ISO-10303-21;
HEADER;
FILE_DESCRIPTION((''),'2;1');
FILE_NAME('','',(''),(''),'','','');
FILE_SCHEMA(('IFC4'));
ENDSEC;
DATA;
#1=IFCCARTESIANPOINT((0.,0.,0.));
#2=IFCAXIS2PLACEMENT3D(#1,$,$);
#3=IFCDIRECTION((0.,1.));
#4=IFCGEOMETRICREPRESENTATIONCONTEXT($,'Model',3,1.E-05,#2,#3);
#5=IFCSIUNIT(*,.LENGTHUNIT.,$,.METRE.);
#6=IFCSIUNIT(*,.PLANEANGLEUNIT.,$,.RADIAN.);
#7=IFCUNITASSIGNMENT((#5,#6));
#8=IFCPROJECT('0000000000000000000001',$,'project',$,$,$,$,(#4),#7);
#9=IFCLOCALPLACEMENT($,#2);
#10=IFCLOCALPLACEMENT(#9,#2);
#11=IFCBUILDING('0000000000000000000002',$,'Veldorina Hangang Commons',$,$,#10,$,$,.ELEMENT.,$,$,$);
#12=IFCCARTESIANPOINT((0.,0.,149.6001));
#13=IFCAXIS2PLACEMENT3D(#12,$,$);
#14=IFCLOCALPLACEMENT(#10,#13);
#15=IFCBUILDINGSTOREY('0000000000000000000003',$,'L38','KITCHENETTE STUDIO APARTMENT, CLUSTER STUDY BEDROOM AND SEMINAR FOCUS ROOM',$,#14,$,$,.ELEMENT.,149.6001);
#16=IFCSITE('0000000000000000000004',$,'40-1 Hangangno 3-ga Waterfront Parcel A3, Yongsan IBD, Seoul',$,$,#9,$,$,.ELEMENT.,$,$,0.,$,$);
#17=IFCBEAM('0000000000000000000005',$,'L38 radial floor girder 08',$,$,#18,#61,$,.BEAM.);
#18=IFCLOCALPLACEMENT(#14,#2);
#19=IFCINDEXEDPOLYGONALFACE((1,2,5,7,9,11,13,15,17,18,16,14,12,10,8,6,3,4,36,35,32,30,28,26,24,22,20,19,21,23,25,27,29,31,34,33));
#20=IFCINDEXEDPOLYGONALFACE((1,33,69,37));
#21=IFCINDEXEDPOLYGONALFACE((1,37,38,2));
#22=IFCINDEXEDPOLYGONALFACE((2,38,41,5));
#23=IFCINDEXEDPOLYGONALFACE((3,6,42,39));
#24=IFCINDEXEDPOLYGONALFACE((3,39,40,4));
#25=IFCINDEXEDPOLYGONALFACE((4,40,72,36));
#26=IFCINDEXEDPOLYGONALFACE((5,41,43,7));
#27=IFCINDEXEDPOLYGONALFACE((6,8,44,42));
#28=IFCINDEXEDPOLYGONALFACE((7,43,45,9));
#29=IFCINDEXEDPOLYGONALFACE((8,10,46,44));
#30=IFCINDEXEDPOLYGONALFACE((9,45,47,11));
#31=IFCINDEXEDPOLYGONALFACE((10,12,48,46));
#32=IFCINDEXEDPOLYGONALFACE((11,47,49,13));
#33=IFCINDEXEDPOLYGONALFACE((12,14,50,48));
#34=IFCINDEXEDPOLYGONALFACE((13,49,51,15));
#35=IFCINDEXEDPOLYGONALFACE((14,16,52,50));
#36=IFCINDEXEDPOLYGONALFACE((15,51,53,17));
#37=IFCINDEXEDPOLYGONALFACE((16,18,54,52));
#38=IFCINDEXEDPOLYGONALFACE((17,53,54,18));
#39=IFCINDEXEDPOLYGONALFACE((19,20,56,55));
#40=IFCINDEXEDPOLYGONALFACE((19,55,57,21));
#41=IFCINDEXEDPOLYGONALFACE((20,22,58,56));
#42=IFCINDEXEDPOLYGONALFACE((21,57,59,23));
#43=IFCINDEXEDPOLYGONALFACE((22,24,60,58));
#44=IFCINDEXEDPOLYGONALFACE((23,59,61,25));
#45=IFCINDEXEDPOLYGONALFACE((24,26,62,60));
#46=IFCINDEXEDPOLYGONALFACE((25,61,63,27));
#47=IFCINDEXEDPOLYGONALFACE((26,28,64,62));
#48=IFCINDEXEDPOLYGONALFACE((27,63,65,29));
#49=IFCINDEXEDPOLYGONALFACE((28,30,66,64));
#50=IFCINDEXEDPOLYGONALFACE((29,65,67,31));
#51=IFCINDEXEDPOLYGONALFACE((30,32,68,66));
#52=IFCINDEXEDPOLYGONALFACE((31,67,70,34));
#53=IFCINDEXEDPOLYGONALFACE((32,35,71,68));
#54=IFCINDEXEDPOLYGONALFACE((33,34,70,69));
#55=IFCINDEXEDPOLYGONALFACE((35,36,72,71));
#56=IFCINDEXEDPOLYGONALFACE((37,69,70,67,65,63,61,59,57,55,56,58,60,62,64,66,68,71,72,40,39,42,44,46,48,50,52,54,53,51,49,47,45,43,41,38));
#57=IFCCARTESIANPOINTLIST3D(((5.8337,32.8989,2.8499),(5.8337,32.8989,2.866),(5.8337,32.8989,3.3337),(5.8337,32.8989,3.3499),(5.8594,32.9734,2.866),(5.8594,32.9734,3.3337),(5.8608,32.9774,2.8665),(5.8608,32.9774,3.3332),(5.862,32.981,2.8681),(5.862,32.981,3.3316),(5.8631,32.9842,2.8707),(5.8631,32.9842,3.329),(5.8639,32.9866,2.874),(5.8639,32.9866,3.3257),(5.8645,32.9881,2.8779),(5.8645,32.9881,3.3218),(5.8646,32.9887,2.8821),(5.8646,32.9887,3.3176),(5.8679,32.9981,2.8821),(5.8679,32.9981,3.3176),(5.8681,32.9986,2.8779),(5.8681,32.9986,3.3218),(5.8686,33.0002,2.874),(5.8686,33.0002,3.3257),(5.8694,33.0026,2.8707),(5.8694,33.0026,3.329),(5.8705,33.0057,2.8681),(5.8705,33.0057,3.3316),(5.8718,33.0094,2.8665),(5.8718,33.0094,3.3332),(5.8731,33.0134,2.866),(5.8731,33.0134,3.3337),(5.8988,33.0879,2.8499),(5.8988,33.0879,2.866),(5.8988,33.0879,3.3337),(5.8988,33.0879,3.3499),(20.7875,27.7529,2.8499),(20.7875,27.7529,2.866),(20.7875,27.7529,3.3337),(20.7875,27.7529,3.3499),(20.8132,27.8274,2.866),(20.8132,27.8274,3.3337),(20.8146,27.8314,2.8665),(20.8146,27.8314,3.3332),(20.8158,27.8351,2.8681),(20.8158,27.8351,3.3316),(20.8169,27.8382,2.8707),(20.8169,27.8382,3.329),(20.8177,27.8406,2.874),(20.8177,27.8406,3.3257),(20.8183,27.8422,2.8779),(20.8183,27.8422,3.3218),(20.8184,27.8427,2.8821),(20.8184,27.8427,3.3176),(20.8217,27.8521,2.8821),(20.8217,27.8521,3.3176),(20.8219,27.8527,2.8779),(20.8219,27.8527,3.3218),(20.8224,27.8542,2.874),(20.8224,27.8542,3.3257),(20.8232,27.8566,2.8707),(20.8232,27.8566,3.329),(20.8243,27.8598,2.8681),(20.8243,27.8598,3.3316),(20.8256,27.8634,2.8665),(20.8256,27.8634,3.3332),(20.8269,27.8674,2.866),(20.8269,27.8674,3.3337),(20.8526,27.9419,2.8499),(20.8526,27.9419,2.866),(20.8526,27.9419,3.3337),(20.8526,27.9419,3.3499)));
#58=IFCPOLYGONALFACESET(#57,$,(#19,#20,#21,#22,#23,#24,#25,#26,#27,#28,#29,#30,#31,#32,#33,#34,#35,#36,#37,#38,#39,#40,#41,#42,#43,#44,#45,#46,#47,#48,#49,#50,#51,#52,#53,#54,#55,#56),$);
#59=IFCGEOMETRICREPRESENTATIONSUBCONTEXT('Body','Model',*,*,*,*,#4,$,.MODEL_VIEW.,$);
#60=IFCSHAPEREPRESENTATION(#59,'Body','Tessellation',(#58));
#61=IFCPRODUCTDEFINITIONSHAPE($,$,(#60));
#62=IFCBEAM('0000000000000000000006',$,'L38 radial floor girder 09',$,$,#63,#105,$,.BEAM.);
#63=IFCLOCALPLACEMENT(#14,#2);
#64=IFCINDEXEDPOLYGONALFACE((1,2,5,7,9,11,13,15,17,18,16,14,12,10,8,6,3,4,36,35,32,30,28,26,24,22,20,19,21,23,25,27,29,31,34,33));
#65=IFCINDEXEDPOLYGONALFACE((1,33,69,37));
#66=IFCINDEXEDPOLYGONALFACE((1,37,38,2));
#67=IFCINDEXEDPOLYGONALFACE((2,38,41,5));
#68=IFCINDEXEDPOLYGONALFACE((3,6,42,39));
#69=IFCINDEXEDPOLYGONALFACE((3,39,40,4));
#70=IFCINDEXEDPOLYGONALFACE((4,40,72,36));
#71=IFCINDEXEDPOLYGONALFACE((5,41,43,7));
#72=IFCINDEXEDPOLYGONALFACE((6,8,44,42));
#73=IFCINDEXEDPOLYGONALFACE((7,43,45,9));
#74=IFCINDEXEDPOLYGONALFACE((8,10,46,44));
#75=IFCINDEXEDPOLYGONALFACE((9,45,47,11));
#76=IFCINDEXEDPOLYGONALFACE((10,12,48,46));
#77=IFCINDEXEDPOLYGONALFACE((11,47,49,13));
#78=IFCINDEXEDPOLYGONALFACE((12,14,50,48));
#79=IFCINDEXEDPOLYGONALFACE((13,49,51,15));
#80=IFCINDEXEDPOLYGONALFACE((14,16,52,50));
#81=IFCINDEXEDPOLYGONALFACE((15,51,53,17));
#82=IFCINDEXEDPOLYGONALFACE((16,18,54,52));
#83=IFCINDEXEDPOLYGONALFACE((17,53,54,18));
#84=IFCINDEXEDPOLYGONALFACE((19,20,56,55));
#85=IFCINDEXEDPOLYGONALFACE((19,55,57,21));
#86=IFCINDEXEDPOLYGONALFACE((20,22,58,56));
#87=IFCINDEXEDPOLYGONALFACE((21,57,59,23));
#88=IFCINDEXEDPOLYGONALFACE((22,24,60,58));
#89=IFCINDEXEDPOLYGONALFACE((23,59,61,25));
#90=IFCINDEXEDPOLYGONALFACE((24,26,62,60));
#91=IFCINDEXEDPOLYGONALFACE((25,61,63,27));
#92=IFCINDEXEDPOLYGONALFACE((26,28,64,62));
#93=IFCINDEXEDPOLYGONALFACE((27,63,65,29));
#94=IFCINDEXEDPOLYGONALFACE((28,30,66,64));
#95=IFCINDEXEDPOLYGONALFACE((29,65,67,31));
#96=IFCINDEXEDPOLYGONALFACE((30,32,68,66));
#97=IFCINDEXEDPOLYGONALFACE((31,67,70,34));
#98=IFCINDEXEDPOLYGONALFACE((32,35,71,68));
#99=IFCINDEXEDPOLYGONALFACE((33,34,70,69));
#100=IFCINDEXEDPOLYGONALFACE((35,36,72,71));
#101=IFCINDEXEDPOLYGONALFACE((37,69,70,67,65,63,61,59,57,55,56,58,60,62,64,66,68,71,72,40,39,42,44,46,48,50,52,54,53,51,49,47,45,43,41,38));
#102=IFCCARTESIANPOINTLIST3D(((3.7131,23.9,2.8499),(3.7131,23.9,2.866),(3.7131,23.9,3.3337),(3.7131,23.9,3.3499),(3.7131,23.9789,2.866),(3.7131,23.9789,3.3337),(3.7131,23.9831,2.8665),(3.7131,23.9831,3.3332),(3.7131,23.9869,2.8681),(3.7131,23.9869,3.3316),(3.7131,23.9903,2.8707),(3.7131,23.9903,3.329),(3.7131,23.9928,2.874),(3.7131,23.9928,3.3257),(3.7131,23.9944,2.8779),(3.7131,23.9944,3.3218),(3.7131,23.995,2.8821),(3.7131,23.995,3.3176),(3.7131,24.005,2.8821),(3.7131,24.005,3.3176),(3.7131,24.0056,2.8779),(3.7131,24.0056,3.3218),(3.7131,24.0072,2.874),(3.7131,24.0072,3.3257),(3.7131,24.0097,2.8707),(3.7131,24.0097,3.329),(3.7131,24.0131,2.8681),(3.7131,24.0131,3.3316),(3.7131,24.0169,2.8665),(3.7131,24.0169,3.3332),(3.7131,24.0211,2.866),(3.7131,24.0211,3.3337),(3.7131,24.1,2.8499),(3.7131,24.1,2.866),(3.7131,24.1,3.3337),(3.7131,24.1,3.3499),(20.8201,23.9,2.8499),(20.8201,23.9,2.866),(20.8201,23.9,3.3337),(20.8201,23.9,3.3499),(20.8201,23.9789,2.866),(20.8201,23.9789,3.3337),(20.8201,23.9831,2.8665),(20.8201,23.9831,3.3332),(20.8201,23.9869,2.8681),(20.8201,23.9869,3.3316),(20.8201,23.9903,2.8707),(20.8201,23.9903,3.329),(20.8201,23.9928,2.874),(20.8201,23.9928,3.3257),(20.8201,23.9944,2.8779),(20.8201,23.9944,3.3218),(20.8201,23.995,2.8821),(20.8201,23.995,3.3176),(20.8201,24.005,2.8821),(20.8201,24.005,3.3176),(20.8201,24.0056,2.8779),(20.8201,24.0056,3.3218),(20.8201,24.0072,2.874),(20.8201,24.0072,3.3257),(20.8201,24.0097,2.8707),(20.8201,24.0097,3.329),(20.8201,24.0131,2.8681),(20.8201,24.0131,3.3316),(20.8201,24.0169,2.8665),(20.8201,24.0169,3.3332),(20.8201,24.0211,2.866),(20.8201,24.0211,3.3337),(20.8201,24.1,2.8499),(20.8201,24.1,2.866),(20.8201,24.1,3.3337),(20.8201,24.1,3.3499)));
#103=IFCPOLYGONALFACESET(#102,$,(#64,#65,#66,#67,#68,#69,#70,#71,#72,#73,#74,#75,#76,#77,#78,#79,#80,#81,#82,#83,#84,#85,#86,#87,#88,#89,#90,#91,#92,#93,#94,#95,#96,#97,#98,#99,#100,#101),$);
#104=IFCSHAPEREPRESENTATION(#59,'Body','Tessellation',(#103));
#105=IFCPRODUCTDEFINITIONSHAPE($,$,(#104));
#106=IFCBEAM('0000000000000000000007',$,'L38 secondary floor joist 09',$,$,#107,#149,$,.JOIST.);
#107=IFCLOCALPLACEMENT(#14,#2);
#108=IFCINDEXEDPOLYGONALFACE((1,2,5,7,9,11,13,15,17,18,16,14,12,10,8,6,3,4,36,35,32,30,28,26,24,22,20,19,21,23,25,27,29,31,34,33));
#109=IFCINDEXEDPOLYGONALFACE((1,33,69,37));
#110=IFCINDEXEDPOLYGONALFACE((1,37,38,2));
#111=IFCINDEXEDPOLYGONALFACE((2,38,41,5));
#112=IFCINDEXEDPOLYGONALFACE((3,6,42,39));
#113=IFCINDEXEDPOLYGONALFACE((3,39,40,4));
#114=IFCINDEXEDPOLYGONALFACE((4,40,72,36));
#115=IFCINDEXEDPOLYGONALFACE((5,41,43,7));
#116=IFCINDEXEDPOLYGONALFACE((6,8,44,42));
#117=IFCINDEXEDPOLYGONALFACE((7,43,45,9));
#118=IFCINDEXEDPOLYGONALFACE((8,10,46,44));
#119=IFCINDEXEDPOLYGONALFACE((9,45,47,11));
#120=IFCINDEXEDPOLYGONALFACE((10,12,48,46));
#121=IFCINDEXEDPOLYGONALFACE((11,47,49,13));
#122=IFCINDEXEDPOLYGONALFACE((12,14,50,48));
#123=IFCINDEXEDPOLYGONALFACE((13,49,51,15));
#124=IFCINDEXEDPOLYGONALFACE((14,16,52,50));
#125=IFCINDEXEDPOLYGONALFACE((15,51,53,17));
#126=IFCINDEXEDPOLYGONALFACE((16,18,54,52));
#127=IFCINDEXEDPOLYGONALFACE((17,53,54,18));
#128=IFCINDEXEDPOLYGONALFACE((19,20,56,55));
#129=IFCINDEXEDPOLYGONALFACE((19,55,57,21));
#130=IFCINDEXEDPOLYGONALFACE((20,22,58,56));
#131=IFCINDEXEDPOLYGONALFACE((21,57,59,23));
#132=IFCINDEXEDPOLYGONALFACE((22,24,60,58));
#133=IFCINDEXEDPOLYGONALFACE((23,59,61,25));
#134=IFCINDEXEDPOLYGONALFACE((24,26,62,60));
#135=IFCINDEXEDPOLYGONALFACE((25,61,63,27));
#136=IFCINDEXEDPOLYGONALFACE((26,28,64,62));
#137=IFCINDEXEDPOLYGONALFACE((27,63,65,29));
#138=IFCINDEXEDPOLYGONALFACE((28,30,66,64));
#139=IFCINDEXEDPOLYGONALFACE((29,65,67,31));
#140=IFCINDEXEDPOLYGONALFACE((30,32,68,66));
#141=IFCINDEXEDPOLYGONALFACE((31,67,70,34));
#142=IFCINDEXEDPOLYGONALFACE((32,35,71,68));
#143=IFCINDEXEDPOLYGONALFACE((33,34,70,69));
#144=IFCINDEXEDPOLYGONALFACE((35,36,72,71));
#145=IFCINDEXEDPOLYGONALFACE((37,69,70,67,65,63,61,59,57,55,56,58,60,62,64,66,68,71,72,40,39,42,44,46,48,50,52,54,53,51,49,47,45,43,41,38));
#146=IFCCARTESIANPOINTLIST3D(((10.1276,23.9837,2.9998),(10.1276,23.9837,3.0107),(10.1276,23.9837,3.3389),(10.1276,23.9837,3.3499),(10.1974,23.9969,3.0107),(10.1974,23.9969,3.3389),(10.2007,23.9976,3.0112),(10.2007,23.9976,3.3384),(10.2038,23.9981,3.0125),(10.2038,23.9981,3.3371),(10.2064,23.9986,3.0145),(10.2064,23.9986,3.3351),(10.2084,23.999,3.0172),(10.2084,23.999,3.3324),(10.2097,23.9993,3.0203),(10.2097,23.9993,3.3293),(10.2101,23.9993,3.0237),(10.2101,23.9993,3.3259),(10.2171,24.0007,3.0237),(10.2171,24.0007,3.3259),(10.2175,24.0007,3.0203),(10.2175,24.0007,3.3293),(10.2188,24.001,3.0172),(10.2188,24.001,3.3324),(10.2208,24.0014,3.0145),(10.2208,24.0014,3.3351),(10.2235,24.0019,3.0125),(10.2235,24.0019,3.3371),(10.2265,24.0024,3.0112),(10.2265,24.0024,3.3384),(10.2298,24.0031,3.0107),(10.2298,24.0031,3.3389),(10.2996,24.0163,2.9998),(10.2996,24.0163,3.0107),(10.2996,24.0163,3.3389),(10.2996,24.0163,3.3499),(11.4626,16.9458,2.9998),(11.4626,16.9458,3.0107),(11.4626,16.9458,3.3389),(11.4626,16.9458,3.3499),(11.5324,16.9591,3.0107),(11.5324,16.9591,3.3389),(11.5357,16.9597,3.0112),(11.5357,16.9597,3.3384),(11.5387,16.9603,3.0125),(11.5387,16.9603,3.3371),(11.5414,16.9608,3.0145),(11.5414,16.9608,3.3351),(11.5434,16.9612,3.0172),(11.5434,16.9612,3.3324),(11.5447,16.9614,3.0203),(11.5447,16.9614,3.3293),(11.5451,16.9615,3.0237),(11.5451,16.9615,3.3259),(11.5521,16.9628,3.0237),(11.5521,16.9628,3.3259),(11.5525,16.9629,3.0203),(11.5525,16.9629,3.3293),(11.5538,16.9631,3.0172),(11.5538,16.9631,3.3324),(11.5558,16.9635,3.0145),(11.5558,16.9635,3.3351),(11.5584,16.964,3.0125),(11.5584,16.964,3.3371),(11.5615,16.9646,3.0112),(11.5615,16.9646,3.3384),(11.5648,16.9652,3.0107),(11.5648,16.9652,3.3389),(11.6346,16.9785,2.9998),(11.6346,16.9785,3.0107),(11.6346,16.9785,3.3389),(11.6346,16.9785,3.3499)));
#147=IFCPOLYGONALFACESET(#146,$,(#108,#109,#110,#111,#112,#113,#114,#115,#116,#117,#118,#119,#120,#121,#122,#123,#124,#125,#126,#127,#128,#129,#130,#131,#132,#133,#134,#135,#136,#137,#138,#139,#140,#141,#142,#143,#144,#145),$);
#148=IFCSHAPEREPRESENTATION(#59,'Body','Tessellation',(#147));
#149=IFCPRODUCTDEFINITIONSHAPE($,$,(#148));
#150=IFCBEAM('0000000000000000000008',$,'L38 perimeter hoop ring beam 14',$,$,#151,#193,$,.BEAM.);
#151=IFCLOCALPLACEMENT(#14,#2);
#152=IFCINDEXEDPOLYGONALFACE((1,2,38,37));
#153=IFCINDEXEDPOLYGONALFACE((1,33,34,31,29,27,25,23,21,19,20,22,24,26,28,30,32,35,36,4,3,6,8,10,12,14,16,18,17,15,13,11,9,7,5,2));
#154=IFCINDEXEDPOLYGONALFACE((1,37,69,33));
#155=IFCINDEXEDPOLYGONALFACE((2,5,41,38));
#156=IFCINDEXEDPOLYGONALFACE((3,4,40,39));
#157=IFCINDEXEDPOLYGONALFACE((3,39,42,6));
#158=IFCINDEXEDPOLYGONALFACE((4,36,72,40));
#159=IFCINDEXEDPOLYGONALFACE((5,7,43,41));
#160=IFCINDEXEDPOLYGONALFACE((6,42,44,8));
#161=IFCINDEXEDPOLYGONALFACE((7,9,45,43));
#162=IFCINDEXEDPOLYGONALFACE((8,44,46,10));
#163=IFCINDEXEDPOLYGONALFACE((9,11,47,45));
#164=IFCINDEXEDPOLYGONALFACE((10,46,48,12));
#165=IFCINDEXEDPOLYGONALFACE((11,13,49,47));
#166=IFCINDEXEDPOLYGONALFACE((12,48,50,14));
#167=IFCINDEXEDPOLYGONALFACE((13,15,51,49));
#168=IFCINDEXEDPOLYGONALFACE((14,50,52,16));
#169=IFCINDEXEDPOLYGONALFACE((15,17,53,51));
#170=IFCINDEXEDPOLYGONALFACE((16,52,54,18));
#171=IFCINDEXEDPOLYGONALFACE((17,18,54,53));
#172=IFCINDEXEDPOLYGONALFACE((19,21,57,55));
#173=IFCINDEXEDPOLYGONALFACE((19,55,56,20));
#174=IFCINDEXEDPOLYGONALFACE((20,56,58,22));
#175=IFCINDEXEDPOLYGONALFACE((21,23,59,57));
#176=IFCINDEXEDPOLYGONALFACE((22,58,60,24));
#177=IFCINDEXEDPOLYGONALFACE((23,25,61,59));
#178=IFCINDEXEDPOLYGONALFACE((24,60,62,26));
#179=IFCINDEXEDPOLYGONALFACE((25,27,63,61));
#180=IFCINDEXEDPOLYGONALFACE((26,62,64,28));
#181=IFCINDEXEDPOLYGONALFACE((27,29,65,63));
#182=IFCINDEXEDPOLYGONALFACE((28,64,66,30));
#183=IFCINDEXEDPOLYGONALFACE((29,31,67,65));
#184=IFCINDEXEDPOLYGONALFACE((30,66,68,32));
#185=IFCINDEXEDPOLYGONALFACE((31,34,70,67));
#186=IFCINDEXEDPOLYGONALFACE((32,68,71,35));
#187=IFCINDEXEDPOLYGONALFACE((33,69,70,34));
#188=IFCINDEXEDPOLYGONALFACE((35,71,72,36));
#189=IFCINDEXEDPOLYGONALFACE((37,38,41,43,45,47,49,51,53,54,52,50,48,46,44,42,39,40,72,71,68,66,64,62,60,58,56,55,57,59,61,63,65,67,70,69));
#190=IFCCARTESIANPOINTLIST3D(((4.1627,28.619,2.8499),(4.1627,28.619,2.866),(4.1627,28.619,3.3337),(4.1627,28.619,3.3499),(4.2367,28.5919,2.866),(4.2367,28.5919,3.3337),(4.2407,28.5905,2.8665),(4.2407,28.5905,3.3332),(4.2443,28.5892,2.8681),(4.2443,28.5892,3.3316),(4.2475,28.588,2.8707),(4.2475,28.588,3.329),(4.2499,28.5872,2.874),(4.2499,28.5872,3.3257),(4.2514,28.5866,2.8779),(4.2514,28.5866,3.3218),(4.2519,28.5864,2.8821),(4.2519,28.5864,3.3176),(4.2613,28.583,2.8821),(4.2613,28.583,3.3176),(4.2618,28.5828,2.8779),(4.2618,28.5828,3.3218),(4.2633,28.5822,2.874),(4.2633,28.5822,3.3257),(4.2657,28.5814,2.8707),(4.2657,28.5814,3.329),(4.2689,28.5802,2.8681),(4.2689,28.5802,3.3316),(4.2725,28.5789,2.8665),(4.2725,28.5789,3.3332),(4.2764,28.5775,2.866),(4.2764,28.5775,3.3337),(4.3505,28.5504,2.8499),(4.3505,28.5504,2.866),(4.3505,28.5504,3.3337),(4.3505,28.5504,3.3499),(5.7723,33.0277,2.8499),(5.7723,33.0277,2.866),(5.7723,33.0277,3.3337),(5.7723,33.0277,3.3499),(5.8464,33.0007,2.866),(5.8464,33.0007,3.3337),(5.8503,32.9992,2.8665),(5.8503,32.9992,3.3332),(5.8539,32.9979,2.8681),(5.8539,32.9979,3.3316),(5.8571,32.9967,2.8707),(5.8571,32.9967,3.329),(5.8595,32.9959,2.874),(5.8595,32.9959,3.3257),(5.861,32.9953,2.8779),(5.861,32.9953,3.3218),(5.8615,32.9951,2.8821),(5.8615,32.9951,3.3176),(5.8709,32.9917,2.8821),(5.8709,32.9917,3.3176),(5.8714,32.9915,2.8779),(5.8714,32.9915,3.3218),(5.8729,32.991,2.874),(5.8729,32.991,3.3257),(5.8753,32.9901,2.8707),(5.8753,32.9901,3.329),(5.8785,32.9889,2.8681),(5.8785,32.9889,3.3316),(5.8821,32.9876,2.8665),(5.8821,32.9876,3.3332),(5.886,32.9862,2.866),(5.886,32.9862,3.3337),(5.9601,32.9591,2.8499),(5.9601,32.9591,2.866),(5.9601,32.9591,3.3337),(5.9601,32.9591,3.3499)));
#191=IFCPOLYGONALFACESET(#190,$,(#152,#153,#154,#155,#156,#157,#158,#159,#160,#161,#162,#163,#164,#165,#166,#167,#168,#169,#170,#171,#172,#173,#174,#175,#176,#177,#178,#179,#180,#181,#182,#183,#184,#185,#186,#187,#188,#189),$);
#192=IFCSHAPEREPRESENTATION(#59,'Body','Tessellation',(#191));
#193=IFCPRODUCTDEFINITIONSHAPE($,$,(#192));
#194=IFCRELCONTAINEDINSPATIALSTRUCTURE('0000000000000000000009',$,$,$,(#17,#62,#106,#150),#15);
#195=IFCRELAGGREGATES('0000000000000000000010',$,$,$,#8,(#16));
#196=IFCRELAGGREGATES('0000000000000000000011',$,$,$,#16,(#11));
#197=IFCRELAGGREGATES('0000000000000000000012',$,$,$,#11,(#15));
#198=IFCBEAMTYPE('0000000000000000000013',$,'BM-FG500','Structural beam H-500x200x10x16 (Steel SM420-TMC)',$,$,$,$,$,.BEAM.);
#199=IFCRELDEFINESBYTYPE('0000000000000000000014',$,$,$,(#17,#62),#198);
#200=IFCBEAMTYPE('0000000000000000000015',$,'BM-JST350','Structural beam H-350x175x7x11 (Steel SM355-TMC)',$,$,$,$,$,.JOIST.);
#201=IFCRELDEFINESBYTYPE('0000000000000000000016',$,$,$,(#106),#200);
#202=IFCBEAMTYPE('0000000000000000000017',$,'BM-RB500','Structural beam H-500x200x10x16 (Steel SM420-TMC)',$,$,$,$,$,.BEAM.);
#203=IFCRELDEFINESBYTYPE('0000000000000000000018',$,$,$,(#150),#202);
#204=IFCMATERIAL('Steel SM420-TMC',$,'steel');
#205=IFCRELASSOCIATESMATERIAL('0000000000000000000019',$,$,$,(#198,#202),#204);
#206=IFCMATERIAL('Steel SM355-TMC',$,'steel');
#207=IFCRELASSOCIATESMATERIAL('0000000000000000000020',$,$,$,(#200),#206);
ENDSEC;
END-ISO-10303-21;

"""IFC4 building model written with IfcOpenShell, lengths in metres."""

from ifc_helpers import new_model, si_unit, direction, frame, origin, origin_2d, place, context, subcontext, project, spatial, i_section, extrude, material, material_profile, profile_set, type_object, element, save


model = new_model("IFC4")

# Units and contexts
model_context = context("Model", 3, precision=1e-05, world=origin(), true_north=direction((0.0, 1.0)))
body_context = subcontext(model_context, "Body", "Model", "MODEL_VIEW")
ifc_project = project(units=[si_unit("LENGTHUNIT", "METRE"), si_unit("PLANEANGLEUNIT", "RADIAN")], contexts=[model_context])

# Site, building, storey
site_placement = place(None, origin())
site = spatial("IfcSite", under=ifc_project, at=site_placement, Name="40-1 Hangangno 3-ga Waterfront Parcel A3, Yongsan IBD, Seoul", CompositionType="ELEMENT", RefElevation=0.0)
building_placement = place(site_placement, origin())
building = spatial("IfcBuilding", under=site, at=building_placement, Name="Veldorina Hangang Commons", CompositionType="ELEMENT")
storey_placement = place(building_placement, frame((0.0, 0.0, 149.6001)))
storey = spatial("IfcBuildingStorey", under=building, at=storey_placement, Name="L38", Description="KITCHENETTE STUDIO APARTMENT, CLUSTER STUDY BEDROOM AND SEMINAR FOCUS ROOM", CompositionType="ELEMENT", Elevation=149.6001)

# Beams
ifc_material_1 = material(Name="Steel SM420-TMC", Category="steel")
ifc_material_profile_1 = material_profile(ifc_material_1, i_section(OverallWidth=0.2, OverallDepth=0.5, WebThickness=0.01, FlangeThickness=0.0161, FilletRadius=0.0161, at=origin_2d()), Name="H-500x200x10x16")
ifc_profile_set_1 = profile_set([ifc_material_profile_1], Name="Steel SM420-TMC")
beam_type_1 = type_object("IfcBeamType", Name="BM-FG500", Description="Structural beam H-500x200x10x16 (Steel SM420-TMC)", PredefinedType="BEAM", material=ifc_profile_set_1)
beam_1_placement = place(storey_placement, frame((20.8201, 27.8474, 3.0999), z_axis=(-0.945578, 0.325397, 0.0), x_axis=(-0.325397, -0.945578, 0.0)))
element("IfcBeam", 1, at=beam_1_placement, inside=storey, type_object=beam_type_1, Name="L38 radial floor girder 08", PredefinedType="BEAM", context=body_context, shape_type="SweptSolid", body=[
    extrude(i_section(OverallWidth=0.2, OverallDepth=0.5, WebThickness=0.01, FlangeThickness=0.0161, FilletRadius=0.0161, at=origin_2d()), origin(), (0.0, 0.0, 1.0), 15.8145),
])
beam_2_placement = place(storey_placement, frame((20.8201, 24.0, 3.0999), z_axis=(-1.0, 0.0, 0.0), x_axis=(0.0, -1.0, 0.0)))
element("IfcBeam", 2, at=beam_2_placement, inside=storey, type_object=beam_type_1, Name="L38 radial floor girder 09", PredefinedType="BEAM", context=body_context, shape_type="SweptSolid", body=[
    extrude(i_section(OverallWidth=0.2, OverallDepth=0.5, WebThickness=0.01, FlangeThickness=0.0161, FilletRadius=0.0161, at=origin_2d()), origin(), (0.0, 0.0, 1.0), 17.1069),
])
ifc_material_2 = material(Name="Steel SM355-TMC", Category="steel")
ifc_material_profile_2 = material_profile(ifc_material_2, i_section(OverallWidth=0.175, OverallDepth=0.3501, WebThickness=0.0071, FlangeThickness=0.011, FilletRadius=0.0129, at=origin_2d()), Name="H-350x175x7x11")
ifc_profile_set_2 = profile_set([ifc_material_profile_2], Name="Steel SM355-TMC")
beam_type_2 = type_object("IfcBeamType", Name="BM-JST350", Description="Structural beam H-350x175x7x11 (Steel SM355-TMC)", PredefinedType="JOIST", material=ifc_profile_set_2)
beam_3_placement = place(storey_placement, frame((10.2136, 24.0, 3.1748), z_axis=(0.18636, -0.982481, 0.0), x_axis=(0.982481, 0.18636, 0.0)))
element("IfcBeam", 3, at=beam_3_placement, inside=storey, type_object=beam_type_2, Name="L38 secondary floor joist 09", PredefinedType="JOIST", context=body_context, shape_type="SweptSolid", body=[
    extrude(i_section(OverallWidth=0.175, OverallDepth=0.3501, WebThickness=0.0071, FlangeThickness=0.011, FilletRadius=0.0129, at=origin_2d()), origin(), (0.0, 0.0, 1.0), 7.1633),
])
ifc_material_profile_3 = material_profile(ifc_material_1, i_section(OverallWidth=0.2, OverallDepth=0.5, WebThickness=0.01, FlangeThickness=0.0161, FilletRadius=0.0161, at=origin_2d()), Name="H-500x200x10x16")
ifc_profile_set_3 = profile_set([ifc_material_profile_3], Name="Steel SM420-TMC")
beam_type_3 = type_object("IfcBeamType", Name="BM-RB500", Description="Structural beam H-500x200x10x16 (Steel SM420-TMC)", PredefinedType="BEAM", material=ifc_profile_set_3)
beam_4_placement = place(storey_placement, frame((5.8662, 32.9934, 3.0999), z_axis=(-0.342958, -0.939351, 0.0), x_axis=(0.939351, -0.342958, 0.0)))
element("IfcBeam", 4, at=beam_4_placement, inside=storey, type_object=beam_type_3, Name="L38 perimeter hoop ring beam 14", PredefinedType="BEAM", context=body_context, shape_type="SweptSolid", body=[
    extrude(i_section(OverallWidth=0.2, OverallDepth=0.5, WebThickness=0.01, FlangeThickness=0.0161, FilletRadius=0.0161, at=origin_2d()), origin(), (0.0, 0.0, 1.0), 4.6934),
])

save(model, "model.ifc")
